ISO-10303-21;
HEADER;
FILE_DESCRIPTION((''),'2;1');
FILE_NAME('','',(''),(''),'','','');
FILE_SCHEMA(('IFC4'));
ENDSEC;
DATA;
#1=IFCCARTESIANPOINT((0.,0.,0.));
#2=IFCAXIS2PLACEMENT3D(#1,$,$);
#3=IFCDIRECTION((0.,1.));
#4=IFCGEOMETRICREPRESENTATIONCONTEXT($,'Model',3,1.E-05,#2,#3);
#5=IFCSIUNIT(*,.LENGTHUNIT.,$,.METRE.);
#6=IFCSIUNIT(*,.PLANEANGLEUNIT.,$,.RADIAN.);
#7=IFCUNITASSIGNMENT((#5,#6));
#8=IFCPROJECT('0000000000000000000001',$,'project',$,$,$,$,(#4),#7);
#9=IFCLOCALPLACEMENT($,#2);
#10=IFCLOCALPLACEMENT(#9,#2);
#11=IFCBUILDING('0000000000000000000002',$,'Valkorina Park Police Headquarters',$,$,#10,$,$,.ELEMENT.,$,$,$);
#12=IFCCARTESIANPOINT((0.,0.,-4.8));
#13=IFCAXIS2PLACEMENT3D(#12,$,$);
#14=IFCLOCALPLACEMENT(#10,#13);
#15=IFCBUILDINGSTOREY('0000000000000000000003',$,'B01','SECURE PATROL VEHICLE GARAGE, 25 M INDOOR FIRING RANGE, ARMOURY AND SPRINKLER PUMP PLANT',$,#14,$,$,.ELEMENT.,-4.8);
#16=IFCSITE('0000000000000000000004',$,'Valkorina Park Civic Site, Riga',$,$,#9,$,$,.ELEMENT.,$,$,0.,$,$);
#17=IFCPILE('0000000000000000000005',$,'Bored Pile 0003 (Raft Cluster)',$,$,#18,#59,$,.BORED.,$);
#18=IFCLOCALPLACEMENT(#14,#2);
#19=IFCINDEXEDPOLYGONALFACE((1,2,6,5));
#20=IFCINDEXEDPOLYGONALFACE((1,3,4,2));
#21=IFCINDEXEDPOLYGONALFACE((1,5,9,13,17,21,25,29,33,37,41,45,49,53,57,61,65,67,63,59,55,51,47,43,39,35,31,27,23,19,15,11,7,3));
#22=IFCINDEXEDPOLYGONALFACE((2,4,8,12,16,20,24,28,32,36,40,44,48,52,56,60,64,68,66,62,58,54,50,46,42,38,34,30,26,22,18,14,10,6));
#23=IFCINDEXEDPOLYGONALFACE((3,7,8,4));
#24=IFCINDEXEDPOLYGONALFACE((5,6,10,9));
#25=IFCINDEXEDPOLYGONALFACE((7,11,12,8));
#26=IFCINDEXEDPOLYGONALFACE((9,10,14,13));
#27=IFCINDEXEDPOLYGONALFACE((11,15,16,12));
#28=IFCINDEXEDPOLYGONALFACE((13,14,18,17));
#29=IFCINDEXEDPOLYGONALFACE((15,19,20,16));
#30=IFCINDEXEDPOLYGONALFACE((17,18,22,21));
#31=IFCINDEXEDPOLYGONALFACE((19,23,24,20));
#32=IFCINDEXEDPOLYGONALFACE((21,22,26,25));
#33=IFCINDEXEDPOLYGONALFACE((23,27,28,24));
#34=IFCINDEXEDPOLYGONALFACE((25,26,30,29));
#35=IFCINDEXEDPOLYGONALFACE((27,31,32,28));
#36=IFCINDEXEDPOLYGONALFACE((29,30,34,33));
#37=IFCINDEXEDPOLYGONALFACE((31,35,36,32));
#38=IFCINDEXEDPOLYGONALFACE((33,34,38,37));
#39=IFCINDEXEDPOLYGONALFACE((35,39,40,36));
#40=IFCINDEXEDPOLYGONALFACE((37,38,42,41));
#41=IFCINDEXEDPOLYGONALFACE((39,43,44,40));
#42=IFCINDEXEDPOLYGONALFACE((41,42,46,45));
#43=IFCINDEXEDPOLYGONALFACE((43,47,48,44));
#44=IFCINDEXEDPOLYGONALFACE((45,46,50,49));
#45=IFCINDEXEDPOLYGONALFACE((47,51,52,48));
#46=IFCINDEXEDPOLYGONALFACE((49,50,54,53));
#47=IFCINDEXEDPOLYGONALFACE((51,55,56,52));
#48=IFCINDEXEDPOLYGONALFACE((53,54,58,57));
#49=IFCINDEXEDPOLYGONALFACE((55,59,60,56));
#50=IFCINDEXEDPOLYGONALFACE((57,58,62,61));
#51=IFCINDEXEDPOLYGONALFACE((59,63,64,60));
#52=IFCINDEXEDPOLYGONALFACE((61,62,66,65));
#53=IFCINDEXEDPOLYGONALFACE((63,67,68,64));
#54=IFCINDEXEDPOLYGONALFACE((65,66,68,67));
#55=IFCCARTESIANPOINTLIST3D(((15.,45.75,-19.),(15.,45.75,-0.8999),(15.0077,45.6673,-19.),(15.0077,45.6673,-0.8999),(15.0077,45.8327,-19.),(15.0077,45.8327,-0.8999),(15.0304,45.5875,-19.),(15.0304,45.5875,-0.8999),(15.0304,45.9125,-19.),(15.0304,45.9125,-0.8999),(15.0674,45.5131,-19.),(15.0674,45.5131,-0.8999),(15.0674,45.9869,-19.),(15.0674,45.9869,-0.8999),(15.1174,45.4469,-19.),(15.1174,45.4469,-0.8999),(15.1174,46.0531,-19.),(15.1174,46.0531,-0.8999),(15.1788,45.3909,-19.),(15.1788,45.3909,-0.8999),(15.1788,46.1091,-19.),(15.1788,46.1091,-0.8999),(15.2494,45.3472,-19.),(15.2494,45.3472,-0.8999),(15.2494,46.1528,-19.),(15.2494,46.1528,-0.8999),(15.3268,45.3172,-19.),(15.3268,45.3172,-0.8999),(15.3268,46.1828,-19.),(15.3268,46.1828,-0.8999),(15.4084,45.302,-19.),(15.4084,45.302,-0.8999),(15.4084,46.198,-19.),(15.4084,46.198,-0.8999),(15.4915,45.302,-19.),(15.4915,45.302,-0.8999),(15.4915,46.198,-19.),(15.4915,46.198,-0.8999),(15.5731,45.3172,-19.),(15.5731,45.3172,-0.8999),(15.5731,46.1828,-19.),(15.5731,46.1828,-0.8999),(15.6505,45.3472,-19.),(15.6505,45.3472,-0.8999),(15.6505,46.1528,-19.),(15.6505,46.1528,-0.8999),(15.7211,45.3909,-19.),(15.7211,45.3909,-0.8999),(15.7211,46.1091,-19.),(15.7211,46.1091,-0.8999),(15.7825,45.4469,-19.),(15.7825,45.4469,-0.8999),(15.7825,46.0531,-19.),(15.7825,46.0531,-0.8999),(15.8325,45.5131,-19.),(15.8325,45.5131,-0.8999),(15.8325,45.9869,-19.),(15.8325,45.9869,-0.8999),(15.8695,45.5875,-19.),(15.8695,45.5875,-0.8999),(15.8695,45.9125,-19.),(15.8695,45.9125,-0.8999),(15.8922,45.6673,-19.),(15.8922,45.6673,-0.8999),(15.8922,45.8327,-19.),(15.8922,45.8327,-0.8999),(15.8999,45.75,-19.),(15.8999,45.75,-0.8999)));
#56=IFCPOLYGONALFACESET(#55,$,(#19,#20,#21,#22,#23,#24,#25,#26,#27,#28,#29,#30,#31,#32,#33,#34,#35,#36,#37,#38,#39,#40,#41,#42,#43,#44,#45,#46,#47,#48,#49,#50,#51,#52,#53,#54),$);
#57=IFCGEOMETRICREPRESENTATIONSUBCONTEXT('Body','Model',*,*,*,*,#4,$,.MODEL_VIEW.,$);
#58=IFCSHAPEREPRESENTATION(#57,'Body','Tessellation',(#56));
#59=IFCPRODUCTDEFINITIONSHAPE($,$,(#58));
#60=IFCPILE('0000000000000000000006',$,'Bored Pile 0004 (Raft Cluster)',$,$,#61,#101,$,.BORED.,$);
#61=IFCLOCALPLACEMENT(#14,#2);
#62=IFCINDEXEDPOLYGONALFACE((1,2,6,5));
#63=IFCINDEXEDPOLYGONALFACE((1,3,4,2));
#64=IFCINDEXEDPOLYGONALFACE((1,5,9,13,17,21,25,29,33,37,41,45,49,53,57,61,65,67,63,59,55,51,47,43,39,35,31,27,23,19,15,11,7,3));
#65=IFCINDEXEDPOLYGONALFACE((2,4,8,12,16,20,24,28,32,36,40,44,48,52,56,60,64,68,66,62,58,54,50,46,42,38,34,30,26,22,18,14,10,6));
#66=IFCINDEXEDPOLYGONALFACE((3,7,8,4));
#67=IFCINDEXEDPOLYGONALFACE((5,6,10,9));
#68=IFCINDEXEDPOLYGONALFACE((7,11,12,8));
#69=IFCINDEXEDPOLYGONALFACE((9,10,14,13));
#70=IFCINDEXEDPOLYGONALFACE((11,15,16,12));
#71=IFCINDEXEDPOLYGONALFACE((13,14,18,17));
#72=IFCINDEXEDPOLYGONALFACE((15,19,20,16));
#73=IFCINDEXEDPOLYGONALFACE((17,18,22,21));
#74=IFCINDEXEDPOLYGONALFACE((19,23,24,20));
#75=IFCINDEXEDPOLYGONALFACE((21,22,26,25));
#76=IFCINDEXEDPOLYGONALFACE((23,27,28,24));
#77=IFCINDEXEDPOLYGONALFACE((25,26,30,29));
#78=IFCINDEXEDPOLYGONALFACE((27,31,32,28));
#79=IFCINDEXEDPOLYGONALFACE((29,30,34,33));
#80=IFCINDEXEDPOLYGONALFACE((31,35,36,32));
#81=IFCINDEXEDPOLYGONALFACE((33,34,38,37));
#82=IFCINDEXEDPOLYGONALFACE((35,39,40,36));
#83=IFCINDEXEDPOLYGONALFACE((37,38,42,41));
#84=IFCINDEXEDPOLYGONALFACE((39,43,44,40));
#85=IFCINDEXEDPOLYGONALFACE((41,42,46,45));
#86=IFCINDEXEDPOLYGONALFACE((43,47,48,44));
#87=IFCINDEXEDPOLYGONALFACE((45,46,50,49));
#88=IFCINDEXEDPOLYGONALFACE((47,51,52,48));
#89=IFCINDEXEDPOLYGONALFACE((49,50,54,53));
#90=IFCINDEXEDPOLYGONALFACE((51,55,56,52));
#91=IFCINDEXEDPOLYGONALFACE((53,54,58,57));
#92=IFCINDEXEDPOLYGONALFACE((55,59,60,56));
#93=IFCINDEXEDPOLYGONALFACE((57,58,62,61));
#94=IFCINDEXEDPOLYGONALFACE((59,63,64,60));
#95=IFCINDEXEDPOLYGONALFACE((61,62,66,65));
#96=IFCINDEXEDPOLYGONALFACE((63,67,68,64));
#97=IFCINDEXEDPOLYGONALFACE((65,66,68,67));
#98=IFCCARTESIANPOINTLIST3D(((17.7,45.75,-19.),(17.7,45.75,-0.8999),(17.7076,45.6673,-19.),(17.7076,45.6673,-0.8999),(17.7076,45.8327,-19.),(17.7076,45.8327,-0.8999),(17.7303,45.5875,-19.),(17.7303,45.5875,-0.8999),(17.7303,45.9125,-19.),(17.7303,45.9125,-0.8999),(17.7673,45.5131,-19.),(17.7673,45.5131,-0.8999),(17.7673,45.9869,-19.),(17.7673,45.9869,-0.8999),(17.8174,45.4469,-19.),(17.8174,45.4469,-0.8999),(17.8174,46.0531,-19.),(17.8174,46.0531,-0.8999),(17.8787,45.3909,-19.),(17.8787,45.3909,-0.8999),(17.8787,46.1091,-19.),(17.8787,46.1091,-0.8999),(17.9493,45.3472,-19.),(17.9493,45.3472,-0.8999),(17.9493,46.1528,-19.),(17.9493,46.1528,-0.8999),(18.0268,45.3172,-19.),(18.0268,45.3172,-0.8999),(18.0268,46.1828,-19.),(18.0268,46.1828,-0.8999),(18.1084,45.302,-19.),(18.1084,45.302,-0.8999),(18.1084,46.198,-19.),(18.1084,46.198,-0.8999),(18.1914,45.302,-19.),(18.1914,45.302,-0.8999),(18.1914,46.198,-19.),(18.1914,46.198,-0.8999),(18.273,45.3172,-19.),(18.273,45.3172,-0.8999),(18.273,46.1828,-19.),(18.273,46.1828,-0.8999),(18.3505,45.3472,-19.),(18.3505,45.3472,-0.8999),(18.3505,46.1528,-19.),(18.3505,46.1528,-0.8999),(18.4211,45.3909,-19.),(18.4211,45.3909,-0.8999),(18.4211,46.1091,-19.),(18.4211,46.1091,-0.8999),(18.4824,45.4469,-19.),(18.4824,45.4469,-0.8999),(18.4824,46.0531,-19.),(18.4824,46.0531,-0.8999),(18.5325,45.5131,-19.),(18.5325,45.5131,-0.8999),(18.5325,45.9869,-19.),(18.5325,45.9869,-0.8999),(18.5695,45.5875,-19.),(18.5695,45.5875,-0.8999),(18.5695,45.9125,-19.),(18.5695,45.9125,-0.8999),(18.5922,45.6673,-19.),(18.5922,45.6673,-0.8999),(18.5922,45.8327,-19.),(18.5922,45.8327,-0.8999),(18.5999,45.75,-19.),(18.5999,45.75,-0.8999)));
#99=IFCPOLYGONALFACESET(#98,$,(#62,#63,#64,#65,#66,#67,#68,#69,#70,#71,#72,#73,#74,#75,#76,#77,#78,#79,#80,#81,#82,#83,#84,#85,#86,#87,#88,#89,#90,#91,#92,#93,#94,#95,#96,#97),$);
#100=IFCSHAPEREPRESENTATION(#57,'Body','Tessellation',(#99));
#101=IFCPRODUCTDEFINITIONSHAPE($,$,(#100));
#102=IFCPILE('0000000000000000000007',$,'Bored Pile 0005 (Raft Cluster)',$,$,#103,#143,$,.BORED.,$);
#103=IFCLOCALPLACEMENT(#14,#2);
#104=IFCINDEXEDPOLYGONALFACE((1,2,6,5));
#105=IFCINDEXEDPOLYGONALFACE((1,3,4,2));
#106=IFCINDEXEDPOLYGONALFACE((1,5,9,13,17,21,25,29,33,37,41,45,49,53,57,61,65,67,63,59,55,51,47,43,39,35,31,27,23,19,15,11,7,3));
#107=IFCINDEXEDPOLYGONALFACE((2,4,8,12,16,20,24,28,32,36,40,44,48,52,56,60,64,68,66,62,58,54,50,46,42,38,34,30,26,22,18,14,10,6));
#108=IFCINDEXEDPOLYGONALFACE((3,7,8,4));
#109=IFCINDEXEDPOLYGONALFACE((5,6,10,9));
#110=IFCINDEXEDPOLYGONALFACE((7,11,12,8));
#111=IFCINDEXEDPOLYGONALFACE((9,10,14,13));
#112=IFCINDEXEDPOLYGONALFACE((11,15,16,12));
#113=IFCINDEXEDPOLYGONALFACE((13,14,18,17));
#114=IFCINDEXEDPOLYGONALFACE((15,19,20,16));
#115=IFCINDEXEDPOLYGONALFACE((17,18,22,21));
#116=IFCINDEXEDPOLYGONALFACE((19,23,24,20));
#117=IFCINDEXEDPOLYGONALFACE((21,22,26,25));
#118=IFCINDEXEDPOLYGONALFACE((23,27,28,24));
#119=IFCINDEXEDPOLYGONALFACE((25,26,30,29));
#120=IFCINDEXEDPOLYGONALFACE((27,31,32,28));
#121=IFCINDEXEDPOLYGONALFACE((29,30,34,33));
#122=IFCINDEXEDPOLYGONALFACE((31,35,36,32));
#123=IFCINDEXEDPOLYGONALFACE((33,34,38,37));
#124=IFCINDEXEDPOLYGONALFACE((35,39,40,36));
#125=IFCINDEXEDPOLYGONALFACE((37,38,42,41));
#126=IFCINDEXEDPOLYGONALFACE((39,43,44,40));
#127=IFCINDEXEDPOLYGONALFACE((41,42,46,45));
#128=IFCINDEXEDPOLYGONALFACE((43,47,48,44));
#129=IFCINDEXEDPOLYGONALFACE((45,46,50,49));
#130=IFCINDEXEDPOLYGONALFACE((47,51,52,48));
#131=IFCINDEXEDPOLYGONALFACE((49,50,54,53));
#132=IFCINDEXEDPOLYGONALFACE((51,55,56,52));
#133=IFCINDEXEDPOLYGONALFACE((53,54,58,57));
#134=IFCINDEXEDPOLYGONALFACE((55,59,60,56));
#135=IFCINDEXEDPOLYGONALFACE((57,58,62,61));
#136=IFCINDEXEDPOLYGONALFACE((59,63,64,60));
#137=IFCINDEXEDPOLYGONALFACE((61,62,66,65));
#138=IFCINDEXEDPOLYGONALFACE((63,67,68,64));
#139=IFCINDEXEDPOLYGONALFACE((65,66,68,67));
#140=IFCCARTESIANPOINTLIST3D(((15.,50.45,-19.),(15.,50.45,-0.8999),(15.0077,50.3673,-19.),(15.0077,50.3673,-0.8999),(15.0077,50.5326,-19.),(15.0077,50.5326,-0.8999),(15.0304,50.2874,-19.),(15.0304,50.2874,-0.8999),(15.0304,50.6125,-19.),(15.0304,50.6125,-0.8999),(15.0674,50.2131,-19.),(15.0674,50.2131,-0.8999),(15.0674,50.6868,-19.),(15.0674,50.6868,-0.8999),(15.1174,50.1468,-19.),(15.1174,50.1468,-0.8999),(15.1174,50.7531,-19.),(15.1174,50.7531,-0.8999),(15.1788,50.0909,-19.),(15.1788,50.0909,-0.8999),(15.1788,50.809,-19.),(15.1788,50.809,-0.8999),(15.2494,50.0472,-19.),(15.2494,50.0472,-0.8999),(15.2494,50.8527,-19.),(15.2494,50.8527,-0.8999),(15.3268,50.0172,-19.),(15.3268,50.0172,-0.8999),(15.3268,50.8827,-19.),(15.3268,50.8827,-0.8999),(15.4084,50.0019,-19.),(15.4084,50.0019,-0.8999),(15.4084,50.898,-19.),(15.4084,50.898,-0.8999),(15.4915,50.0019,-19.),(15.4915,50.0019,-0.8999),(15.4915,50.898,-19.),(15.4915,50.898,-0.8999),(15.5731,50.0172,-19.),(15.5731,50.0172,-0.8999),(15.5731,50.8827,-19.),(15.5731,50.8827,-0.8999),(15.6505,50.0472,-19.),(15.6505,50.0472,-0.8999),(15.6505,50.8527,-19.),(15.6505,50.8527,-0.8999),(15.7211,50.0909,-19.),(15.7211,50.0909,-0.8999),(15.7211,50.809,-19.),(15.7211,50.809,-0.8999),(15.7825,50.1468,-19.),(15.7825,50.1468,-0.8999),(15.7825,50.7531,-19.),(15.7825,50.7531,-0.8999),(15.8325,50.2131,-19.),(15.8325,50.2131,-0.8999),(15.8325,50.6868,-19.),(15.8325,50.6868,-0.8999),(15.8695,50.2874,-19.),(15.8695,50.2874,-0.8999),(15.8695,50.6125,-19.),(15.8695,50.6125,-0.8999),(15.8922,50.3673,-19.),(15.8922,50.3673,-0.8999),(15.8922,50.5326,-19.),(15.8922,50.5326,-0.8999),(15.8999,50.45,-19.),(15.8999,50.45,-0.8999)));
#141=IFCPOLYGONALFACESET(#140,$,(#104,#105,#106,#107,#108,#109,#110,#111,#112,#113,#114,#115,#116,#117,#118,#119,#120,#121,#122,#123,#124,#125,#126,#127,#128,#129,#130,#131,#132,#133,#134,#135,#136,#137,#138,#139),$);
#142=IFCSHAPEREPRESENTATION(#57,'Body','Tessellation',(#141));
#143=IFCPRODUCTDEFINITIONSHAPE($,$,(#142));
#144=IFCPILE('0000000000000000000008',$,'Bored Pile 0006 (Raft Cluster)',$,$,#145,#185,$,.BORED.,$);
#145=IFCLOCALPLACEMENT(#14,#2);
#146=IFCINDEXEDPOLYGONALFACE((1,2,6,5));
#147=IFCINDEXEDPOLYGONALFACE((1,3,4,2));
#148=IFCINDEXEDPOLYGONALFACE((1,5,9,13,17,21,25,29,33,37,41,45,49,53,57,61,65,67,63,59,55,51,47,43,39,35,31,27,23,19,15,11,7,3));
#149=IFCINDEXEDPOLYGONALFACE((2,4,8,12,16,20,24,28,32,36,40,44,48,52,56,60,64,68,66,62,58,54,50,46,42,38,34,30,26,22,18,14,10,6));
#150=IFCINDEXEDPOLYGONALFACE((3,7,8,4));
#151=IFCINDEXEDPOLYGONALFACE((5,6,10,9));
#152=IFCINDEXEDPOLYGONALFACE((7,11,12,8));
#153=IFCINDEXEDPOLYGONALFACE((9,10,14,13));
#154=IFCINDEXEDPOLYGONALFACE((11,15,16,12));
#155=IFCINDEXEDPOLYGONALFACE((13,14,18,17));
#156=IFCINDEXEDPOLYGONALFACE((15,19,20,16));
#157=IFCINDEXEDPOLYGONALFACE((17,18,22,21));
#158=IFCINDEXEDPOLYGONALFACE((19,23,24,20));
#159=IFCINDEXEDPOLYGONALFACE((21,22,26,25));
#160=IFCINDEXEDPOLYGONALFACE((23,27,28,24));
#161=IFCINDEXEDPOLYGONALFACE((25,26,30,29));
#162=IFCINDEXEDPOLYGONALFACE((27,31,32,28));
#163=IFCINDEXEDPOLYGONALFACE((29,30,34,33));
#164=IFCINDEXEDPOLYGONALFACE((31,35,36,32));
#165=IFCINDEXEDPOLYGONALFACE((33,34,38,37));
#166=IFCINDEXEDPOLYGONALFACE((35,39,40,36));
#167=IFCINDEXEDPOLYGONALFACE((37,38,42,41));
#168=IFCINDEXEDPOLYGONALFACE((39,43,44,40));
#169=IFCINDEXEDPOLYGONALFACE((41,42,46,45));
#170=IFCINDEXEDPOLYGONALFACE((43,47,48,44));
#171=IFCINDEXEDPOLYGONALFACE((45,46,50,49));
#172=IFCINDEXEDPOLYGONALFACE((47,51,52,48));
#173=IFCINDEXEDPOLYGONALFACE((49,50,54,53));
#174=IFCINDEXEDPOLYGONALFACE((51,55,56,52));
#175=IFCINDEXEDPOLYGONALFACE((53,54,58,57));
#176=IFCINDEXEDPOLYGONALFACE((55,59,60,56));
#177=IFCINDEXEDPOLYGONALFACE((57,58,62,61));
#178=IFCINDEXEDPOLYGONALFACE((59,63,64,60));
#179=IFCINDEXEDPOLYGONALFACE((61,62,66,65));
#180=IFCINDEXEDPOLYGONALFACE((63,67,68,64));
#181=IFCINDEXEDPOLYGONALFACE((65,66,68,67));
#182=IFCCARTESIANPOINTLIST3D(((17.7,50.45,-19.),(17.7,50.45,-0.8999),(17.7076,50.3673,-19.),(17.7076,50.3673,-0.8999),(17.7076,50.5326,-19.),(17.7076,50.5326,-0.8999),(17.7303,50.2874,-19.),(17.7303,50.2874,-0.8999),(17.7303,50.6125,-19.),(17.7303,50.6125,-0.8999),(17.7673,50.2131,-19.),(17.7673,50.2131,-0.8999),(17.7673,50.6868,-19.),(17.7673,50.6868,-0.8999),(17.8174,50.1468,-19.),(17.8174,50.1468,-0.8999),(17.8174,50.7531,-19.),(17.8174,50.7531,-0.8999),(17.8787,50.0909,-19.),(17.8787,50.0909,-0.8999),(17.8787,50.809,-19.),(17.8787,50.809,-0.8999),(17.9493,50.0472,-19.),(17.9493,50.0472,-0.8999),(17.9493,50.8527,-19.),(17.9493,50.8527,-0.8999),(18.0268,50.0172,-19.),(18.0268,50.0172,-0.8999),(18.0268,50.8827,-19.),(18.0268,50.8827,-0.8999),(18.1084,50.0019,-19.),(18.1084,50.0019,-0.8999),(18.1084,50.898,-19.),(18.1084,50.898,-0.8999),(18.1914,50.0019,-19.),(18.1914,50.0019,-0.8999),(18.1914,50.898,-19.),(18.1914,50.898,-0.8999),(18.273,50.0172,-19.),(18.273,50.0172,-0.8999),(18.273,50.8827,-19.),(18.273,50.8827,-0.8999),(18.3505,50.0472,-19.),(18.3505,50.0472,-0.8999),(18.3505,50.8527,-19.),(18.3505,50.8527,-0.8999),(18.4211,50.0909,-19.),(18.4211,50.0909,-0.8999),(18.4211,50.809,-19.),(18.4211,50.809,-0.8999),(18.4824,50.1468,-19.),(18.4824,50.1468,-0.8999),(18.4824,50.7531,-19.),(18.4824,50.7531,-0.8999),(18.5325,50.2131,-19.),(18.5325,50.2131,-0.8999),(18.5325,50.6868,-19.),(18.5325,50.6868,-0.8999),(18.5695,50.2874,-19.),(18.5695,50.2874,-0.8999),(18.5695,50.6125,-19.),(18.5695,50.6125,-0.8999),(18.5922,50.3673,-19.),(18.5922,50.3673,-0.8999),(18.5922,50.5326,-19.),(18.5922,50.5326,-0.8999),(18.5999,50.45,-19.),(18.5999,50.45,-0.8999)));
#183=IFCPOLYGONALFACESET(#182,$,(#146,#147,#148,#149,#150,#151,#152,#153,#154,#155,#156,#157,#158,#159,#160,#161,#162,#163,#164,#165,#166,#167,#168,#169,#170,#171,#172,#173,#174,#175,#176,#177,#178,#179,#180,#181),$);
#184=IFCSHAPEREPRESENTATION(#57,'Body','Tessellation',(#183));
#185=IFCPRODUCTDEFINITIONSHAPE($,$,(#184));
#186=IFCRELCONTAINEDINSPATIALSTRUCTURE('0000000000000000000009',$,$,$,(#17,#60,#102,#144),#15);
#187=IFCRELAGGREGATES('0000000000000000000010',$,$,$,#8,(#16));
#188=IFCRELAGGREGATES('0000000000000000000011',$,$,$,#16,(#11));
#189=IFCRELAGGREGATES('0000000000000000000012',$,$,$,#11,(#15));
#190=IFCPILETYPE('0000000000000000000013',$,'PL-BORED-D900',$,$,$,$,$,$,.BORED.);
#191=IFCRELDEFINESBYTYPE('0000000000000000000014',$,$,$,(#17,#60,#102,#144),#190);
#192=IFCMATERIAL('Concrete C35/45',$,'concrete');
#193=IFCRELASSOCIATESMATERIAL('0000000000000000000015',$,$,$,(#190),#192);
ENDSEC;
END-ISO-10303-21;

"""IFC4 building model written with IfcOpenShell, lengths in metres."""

from ifc_helpers import new_model, si_unit, direction, frame, origin, origin_2d, place, context, subcontext, project, spatial, circle, extrude, material, material_profile, profile_set, type_object, element, save


model = new_model("IFC4")

# Units and contexts
model_context = context("Model", 3, precision=1e-05, world=origin(), true_north=direction((0.0, 1.0)))
body_context = subcontext(model_context, "Body", "Model", "MODEL_VIEW")
ifc_project = project(units=[si_unit("LENGTHUNIT", "METRE"), si_unit("PLANEANGLEUNIT", "RADIAN")], contexts=[model_context])

# Site, building, storey
site_placement = place(None, origin())
site = spatial("IfcSite", under=ifc_project, at=site_placement, Name="Valkorina Park Civic Site, Riga", CompositionType="ELEMENT", RefElevation=0.0)
building_placement = place(site_placement, origin())
building = spatial("IfcBuilding", under=site, at=building_placement, Name="Valkorina Park Police Headquarters", CompositionType="ELEMENT")
storey_placement = place(building_placement, frame((0.0, 0.0, -4.8)))
storey = spatial("IfcBuildingStorey", under=building, at=storey_placement, Name="B01", Description="SECURE PATROL VEHICLE GARAGE, 25 M INDOOR FIRING RANGE, ARMOURY AND SPRINKLER PUMP PLANT", CompositionType="ELEMENT", Elevation=-4.8)

# Piles
ifc_material_1 = material(Name="Concrete C35/45", Category="concrete")
ifc_material_profile_1 = material_profile(ifc_material_1, circle(Radius=0.45, at=origin_2d()), Name="BORED PILE D900")
ifc_profile_set_1 = profile_set([ifc_material_profile_1], Name="Concrete C35/45")
pile_type = type_object("IfcPileType", Name="PL-BORED-D900", PredefinedType="BORED", material=ifc_profile_set_1)
for number, where, z_axis, x_axis, name in (
    (1, (15.45, 45.75, -0.8999), (0.0, 0.0, -1.0), (1.0, 0.0, 0.0), "Bored Pile 0003 (Raft Cluster)"),
    (2, (18.1499, 45.75, -0.8999), (0.0, 0.0, -1.0), (1.0, 0.0, 0.0), "Bored Pile 0004 (Raft Cluster)"),
    (3, (15.45, 50.45, -0.8999), (0.0, 0.0, -1.0), (1.0, 0.0, 0.0), "Bored Pile 0005 (Raft Cluster)"),
    (4, (18.1499, 50.45, -0.8999), (0.0, 0.0, -1.0), (1.0, 0.0, 0.0), "Bored Pile 0006 (Raft Cluster)"),
):
    element("IfcPile", number, at=place(storey_placement, frame(where, z_axis=z_axis, x_axis=x_axis)), inside=storey, type_object=pile_type, Name=name, PredefinedType="BORED", context=body_context, shape_type="SweptSolid", body=[
        extrude(circle(Radius=0.45, at=origin_2d()), origin(), (0.0, 0.0, 1.0), 18.1001),
    ])

save(model, "model.ifc")
